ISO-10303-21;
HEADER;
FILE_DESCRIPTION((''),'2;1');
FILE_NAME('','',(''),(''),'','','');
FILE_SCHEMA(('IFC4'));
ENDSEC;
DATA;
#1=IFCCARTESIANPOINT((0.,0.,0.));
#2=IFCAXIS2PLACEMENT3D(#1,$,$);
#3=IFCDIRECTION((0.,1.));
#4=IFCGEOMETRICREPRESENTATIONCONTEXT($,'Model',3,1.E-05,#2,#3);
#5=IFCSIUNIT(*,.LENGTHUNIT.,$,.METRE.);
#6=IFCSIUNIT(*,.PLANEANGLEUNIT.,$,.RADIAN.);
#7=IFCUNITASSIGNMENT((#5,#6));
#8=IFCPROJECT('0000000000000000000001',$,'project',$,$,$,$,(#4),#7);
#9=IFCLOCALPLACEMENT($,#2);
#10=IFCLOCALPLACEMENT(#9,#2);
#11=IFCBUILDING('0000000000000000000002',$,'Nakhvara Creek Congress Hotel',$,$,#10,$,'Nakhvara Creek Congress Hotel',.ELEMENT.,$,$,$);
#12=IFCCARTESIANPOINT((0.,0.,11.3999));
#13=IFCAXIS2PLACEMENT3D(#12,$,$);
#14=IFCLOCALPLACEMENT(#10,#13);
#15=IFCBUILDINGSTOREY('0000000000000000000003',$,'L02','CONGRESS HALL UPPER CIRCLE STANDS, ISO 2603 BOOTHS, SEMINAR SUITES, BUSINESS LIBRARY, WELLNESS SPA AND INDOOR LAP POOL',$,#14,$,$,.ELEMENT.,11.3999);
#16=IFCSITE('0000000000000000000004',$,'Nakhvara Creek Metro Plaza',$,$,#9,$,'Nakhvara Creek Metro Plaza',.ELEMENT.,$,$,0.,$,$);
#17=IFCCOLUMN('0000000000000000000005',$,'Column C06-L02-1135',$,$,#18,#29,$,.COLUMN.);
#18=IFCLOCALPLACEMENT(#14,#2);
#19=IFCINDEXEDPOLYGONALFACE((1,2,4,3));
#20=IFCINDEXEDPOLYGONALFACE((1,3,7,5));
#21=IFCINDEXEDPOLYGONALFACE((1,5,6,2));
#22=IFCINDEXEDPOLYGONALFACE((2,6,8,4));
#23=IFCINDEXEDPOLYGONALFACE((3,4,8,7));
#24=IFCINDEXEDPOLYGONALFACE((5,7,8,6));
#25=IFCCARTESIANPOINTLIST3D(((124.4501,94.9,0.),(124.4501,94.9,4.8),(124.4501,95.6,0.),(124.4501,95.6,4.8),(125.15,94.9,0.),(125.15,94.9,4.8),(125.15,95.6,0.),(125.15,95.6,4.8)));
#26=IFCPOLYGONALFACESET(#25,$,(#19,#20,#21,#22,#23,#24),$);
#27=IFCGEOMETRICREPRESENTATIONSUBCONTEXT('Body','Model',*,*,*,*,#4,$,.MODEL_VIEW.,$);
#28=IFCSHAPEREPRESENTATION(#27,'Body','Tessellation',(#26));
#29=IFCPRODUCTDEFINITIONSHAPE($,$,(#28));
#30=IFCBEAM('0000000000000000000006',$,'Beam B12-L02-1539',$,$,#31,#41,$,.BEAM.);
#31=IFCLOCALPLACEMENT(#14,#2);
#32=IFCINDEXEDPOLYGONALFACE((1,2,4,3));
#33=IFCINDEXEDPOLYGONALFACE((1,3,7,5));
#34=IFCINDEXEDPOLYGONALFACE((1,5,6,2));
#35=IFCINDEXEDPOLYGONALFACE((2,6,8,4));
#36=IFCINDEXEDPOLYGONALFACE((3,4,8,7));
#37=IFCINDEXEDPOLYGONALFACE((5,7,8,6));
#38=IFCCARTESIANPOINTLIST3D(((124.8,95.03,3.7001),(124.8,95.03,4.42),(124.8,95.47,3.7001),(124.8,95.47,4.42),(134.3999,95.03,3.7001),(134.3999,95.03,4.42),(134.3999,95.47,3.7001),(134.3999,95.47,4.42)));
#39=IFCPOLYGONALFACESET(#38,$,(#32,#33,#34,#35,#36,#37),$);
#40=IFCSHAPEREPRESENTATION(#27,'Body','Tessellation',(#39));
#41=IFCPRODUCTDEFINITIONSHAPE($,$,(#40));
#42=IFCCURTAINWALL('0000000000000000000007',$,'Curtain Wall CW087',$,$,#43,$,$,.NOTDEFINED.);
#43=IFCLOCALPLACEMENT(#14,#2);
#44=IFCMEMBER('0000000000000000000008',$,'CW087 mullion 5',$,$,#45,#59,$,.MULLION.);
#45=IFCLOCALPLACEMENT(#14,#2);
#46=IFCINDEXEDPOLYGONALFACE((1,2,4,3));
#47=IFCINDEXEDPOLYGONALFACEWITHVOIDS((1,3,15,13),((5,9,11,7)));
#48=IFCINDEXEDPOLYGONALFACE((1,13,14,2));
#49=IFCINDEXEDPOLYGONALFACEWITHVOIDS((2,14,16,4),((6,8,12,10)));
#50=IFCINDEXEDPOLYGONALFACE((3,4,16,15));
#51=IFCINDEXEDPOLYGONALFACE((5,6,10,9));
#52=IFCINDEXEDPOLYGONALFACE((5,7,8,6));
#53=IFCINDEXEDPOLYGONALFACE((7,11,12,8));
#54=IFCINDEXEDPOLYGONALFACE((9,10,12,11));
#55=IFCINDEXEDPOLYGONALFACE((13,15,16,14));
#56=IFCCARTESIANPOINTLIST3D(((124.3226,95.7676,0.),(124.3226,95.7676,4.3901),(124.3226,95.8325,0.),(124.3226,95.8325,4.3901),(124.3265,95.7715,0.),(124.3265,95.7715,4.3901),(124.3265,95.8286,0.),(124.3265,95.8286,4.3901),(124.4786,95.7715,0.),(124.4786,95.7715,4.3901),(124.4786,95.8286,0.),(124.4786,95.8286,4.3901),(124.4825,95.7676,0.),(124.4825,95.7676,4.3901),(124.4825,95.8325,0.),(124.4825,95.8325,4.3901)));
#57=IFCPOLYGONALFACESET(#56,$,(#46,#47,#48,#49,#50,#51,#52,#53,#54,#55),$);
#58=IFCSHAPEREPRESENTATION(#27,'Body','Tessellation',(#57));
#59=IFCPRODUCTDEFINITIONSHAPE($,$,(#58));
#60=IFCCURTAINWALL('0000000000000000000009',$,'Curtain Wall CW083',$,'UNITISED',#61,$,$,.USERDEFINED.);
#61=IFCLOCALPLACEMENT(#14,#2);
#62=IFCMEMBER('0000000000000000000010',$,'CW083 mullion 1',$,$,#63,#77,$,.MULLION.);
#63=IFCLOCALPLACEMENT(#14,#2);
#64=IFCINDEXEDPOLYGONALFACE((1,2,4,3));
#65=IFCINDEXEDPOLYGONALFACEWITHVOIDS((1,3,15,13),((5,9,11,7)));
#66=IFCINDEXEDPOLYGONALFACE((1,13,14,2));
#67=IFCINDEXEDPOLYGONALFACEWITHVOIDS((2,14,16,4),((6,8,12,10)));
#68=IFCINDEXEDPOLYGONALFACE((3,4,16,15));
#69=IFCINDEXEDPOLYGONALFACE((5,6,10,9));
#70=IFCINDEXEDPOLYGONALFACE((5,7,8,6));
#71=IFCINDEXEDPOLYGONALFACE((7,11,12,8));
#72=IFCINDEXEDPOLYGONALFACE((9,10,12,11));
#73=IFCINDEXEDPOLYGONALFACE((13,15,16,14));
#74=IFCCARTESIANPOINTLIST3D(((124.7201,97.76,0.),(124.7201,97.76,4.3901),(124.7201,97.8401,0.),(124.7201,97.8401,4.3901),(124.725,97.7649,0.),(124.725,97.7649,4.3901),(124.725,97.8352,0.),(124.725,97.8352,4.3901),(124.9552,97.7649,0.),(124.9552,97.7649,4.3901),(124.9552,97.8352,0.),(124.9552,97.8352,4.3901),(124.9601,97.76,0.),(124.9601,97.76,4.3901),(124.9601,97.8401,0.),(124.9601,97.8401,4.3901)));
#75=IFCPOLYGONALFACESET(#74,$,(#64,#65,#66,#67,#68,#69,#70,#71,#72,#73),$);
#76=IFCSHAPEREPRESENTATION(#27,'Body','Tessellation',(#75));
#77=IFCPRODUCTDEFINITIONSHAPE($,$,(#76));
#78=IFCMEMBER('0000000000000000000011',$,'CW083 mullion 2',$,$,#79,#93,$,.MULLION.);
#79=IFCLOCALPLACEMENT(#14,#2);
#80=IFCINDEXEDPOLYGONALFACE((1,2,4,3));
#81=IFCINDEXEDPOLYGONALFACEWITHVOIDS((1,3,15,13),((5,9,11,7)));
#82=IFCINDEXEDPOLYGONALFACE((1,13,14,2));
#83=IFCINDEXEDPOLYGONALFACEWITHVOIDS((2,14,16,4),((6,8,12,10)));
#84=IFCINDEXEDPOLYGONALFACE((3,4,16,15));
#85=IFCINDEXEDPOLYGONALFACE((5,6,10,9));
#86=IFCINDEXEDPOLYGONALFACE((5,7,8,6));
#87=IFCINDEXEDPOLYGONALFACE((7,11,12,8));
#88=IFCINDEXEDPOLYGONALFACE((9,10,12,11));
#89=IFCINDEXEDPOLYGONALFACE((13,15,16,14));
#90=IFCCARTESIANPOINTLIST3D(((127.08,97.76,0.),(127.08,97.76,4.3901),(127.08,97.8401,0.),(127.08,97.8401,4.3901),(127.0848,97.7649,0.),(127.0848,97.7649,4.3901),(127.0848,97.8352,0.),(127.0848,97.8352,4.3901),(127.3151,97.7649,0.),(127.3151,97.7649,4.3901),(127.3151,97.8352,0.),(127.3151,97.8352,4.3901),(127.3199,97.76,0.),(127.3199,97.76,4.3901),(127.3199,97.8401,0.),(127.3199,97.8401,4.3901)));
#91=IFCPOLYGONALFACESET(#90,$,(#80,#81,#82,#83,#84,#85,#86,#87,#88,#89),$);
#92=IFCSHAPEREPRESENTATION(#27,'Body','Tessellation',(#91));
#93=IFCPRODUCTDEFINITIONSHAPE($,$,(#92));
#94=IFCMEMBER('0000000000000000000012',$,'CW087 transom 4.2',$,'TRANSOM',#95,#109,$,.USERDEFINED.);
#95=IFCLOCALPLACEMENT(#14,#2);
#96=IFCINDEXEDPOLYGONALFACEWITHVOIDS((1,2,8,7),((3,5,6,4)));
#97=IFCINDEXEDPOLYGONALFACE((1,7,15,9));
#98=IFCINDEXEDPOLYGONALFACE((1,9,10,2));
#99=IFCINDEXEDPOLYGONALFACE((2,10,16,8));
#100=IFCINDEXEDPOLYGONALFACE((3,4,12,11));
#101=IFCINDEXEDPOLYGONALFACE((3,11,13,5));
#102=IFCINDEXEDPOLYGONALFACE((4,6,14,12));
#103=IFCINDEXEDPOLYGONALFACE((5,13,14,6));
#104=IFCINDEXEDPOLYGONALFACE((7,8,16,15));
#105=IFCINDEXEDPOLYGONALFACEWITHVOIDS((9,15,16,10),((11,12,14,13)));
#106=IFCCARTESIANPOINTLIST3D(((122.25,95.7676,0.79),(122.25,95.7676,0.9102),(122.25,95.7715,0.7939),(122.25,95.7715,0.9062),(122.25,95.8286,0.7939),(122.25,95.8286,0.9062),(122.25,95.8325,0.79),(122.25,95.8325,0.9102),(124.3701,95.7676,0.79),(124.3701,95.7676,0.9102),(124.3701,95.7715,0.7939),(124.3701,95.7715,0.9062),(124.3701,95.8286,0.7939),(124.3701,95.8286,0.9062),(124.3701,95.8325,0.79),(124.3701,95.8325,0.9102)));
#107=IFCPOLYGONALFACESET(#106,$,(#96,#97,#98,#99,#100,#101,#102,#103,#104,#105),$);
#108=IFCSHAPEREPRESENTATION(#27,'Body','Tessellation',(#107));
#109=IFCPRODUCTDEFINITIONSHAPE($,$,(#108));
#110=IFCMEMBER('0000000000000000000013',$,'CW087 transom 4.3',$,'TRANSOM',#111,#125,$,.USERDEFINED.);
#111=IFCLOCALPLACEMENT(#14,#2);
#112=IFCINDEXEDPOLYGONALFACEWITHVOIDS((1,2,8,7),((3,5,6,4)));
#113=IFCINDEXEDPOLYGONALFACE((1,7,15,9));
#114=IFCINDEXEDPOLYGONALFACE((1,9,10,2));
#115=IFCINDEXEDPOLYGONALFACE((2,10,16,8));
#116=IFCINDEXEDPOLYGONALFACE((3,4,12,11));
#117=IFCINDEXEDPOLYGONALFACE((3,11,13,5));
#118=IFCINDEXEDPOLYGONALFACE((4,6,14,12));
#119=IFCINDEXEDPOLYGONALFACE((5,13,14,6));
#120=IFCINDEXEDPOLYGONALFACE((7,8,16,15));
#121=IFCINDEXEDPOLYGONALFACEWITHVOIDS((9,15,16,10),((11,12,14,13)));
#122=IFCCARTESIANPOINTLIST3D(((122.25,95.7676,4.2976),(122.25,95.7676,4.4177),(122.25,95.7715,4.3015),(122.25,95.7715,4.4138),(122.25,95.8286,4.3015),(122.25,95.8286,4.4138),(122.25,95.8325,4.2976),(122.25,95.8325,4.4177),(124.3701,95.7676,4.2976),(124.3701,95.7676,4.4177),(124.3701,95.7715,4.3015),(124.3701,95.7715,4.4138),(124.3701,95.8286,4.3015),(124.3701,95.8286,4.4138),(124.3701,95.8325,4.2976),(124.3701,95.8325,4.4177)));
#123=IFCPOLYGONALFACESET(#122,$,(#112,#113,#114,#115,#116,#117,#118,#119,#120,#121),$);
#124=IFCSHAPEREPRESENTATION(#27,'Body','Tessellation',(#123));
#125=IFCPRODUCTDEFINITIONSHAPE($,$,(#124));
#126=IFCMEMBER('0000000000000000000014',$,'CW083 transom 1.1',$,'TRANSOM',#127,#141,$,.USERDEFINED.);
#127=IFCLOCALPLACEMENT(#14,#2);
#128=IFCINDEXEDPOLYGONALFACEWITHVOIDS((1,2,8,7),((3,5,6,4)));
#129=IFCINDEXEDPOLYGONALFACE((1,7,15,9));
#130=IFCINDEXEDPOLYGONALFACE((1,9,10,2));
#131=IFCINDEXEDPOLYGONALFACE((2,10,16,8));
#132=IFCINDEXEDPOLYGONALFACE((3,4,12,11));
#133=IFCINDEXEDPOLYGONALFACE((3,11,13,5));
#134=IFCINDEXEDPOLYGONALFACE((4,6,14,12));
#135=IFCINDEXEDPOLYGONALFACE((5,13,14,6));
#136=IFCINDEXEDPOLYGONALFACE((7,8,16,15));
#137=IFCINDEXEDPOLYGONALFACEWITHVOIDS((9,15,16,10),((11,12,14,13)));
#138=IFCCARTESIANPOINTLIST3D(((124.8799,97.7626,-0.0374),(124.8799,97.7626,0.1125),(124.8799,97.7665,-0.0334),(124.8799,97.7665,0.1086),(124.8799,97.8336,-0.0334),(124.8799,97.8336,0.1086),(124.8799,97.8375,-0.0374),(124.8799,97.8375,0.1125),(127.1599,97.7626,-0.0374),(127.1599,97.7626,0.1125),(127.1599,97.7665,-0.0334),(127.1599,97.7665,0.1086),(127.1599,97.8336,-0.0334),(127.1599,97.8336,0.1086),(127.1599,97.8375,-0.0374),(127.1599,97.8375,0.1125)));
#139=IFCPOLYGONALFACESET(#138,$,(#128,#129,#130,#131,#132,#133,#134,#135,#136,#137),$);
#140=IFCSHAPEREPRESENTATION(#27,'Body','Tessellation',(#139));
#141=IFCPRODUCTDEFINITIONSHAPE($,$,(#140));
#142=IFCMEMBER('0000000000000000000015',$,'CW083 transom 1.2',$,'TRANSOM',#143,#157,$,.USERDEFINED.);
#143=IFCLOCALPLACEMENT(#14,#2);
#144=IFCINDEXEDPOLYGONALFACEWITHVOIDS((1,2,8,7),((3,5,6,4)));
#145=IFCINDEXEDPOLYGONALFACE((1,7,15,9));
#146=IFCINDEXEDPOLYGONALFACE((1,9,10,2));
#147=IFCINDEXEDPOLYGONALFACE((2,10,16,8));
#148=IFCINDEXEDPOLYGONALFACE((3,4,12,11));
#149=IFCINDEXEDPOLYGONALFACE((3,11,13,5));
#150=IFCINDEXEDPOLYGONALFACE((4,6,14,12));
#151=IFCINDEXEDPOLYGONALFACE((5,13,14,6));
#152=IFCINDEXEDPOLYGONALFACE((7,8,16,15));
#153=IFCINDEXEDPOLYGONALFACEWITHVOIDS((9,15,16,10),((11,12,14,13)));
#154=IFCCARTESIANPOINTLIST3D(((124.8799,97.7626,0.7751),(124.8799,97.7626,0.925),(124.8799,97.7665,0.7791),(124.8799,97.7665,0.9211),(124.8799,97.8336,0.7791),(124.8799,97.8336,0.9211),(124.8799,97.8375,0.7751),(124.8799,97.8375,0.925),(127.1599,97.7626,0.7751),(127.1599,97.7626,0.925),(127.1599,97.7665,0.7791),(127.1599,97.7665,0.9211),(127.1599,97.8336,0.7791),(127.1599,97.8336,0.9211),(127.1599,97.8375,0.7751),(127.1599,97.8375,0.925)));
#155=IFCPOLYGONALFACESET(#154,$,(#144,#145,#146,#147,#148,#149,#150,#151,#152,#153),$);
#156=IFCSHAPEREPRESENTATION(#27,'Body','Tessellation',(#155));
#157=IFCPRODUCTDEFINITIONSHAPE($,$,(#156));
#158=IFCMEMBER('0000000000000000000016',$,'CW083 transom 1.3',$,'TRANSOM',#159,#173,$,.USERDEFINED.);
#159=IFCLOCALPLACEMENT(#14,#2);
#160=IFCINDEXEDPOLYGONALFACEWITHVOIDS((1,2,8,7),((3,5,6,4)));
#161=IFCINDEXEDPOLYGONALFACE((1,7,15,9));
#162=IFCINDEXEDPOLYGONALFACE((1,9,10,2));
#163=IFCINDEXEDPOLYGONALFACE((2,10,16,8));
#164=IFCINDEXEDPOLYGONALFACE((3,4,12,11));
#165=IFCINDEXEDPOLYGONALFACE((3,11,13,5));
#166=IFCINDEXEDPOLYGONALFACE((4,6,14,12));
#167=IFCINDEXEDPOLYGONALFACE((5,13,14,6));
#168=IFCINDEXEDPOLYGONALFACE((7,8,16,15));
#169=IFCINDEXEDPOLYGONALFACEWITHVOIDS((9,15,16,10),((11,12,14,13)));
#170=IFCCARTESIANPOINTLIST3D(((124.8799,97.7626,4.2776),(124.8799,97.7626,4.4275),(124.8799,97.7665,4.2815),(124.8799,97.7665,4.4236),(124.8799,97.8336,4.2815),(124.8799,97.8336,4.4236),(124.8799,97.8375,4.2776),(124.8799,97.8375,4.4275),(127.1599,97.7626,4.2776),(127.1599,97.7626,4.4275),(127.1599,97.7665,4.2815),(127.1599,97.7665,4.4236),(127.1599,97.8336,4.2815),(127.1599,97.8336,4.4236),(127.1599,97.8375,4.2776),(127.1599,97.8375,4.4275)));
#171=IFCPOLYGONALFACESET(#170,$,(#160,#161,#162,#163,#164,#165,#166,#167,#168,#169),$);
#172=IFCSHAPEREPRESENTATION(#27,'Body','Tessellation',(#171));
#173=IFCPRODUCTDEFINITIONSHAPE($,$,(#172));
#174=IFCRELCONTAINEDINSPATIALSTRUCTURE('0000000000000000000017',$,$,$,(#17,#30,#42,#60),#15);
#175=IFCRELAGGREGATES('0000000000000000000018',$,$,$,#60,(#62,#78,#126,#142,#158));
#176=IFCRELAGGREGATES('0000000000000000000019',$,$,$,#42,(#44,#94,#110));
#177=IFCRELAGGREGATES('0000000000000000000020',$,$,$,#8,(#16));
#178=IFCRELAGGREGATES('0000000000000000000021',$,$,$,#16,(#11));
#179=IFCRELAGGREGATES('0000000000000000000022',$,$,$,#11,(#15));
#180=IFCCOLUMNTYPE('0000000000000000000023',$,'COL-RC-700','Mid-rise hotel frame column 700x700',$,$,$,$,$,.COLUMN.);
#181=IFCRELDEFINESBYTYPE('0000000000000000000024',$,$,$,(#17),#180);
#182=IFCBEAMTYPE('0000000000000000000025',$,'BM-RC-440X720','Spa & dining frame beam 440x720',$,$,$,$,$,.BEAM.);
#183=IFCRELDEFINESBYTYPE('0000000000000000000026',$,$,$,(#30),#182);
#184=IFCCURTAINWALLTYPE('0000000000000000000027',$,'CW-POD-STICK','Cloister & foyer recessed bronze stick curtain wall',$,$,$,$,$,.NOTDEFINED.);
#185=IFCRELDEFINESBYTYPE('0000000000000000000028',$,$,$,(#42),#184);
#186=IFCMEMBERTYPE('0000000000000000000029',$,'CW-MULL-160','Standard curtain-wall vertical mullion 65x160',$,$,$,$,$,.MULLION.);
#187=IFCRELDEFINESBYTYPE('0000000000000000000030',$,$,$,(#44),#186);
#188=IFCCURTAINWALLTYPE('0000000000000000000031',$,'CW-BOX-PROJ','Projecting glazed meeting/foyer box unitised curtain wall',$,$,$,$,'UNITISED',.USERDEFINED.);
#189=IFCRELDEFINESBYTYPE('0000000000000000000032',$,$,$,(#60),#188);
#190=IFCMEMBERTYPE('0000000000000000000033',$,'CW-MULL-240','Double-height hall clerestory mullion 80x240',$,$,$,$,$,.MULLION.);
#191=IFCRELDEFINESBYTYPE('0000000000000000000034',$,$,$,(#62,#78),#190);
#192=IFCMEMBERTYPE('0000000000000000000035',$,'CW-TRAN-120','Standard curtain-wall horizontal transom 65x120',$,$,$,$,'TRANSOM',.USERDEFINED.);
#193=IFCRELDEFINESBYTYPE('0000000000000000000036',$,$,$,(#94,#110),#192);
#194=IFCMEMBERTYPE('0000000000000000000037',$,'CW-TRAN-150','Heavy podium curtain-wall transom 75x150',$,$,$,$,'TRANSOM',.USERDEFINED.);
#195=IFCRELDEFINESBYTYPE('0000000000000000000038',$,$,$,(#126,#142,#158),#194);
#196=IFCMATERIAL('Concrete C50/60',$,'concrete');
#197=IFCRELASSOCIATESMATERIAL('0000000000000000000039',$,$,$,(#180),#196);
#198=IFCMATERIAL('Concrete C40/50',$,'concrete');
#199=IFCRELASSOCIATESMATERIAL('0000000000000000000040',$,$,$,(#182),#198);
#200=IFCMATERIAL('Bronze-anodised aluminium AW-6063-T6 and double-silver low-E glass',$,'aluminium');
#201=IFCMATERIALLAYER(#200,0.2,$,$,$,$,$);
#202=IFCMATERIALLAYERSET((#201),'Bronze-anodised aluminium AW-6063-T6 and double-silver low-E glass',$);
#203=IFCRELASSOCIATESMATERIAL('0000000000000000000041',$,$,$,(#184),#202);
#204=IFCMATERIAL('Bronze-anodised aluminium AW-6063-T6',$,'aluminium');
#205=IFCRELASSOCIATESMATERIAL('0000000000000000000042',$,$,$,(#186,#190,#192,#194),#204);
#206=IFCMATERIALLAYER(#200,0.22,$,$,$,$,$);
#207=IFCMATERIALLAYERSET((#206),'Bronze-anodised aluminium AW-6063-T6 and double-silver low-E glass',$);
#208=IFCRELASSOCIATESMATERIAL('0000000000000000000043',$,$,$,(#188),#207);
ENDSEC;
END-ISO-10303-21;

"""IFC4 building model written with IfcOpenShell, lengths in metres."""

from ifc_helpers import new_model, si_unit, direction, frame, origin, origin_2d, place, context, subcontext, project, spatial, rectangle, hollow_rectangle, extrude, material, layer, layer_set, material_profile, profile_set, type_object, element, aggregate, save


model = new_model("IFC4")

# Units and contexts
model_context = context("Model", 3, precision=1e-05, world=origin(), true_north=direction((0.0, 1.0)))
body_context = subcontext(model_context, "Body", "Model", "MODEL_VIEW")
ifc_project = project(units=[si_unit("LENGTHUNIT", "METRE"), si_unit("PLANEANGLEUNIT", "RADIAN")], contexts=[model_context])

# Site, building, storey
site_placement = place(None, origin())
site = spatial("IfcSite", under=ifc_project, at=site_placement, Name="Nakhvara Creek Metro Plaza", LongName="Nakhvara Creek Metro Plaza", CompositionType="ELEMENT", RefElevation=0.0)
building_placement = place(site_placement, origin())
building = spatial("IfcBuilding", under=site, at=building_placement, Name="Nakhvara Creek Congress Hotel", LongName="Nakhvara Creek Congress Hotel", CompositionType="ELEMENT")
storey_placement = place(building_placement, frame((0.0, 0.0, 11.3999)))
storey = spatial("IfcBuildingStorey", under=building, at=storey_placement, Name="L02", Description="CONGRESS HALL UPPER CIRCLE STANDS, ISO 2603 BOOTHS, SEMINAR SUITES, BUSINESS LIBRARY, WELLNESS SPA AND INDOOR LAP POOL", CompositionType="ELEMENT", Elevation=11.3999)

# Column
ifc_material_1 = material(Name="Concrete C50/60", Category="concrete")
ifc_material_profile_1 = material_profile(ifc_material_1, rectangle(XDim=0.7, YDim=0.7, at=origin_2d()), Name="RC-COL 700x700", Category="LoadBearing")
ifc_profile_set_1 = profile_set([ifc_material_profile_1], Name="Concrete C50/60")
column_type = type_object("IfcColumnType", Name="COL-RC-700", Description="Mid-rise hotel frame column 700x700", PredefinedType="COLUMN", material=ifc_profile_set_1)
column_placement = place(storey_placement, frame((124.8, 95.25, 0.0), z_axis=(0.0, 0.0, 1.0), x_axis=(1.0, 0.0, 0.0)))
element("IfcColumn", 1, at=column_placement, inside=storey, type_object=column_type, Name="Column C06-L02-1135", PredefinedType="COLUMN", context=body_context, shape_type="SweptSolid", body=[
    extrude(rectangle(XDim=0.7, YDim=0.7, at=origin_2d()), origin(), (0.0, 0.0, 1.0), 4.8),
])

# Beam
ifc_material_2 = material(Name="Concrete C40/50", Category="concrete")
ifc_material_profile_2 = material_profile(ifc_material_2, rectangle(XDim=0.4399, YDim=0.72, at=origin_2d()), Name="RC-BM 440x720", Category="LoadBearing")
ifc_profile_set_2 = profile_set([ifc_material_profile_2], Name="Concrete C40/50")
beam_type = type_object("IfcBeamType", Name="BM-RC-440X720", Description="Spa & dining frame beam 440x720", PredefinedType="BEAM", material=ifc_profile_set_2)
beam_placement = place(storey_placement, frame((124.8, 95.25, 4.0601), z_axis=(1.0, 0.0, 0.0), x_axis=(0.0, 1.0, 0.0)))
element("IfcBeam", 2, at=beam_placement, inside=storey, type_object=beam_type, Name="Beam B12-L02-1539", PredefinedType="BEAM", context=body_context, shape_type="SweptSolid", body=[
    extrude(rectangle(XDim=0.4399, YDim=0.72, at=origin_2d()), origin(), (0.0, 0.0, 1.0), 9.5999),
])

# Curtain wall, member
ifc_material_3 = material(Name="Bronze-anodised aluminium AW-6063-T6 and double-silver low-E glass", Category="aluminium")
ifc_layer_1 = layer(ifc_material_3, 0.2)
ifc_layer_set_1 = layer_set([ifc_layer_1], Name="Bronze-anodised aluminium AW-6063-T6 and double-silver low-E glass")
curtain_wall_type_1 = type_object("IfcCurtainWallType", Name="CW-POD-STICK", Description="Cloister & foyer recessed bronze stick curtain wall", PredefinedType="NOTDEFINED", material=ifc_layer_set_1)
curtain_wall_1_placement = place(storey_placement, origin())
curtain_wall_1 = element("IfcCurtainWall", 3, at=curtain_wall_1_placement, inside=storey, type_object=curtain_wall_type_1, Name="Curtain Wall CW087", PredefinedType="NOTDEFINED")
ifc_material_4 = material(Name="Bronze-anodised aluminium AW-6063-T6", Category="aluminium")
ifc_material_profile_3 = material_profile(ifc_material_4, hollow_rectangle(XDim=0.0649, YDim=0.1599, WallThickness=0.0039, at=origin_2d()), Name="ALU-MULL 65x160x4", Category="LoadBearing")
ifc_profile_set_3 = profile_set([ifc_material_profile_3], Name="Bronze-anodised aluminium AW-6063-T6")
member_type_1 = type_object("IfcMemberType", Name="CW-MULL-160", Description="Standard curtain-wall vertical mullion 65x160", PredefinedType="MULLION", material=ifc_profile_set_3)
member_1_placement = place(storey_placement, frame((124.4026, 95.8, 0.0), z_axis=(0.0, 0.0, 1.0), x_axis=(0.0, 1.0, 0.0)))
member_1 = element("IfcMember", 4, at=member_1_placement, type_object=member_type_1, Name="CW087 mullion 5", PredefinedType="MULLION", context=body_context, shape_type="SweptSolid", body=[
    extrude(hollow_rectangle(XDim=0.0649, YDim=0.1599, WallThickness=0.0039, at=origin_2d()), origin(), (0.0, 0.0, 1.0), 4.3901),
])

# Curtain wall, members
ifc_layer_2 = layer(ifc_material_3, 0.22)
ifc_layer_set_2 = layer_set([ifc_layer_2], Name="Bronze-anodised aluminium AW-6063-T6 and double-silver low-E glass")
curtain_wall_type_2 = type_object("IfcCurtainWallType", Name="CW-BOX-PROJ", Description="Projecting glazed meeting/foyer box unitised curtain wall", ElementType="UNITISED", PredefinedType="USERDEFINED", material=ifc_layer_set_2)
curtain_wall_2_placement = place(storey_placement, origin())
curtain_wall_2 = element("IfcCurtainWall", 5, at=curtain_wall_2_placement, inside=storey, type_object=curtain_wall_type_2, Name="Curtain Wall CW083", ObjectType="UNITISED", PredefinedType="USERDEFINED")
ifc_material_profile_4 = material_profile(ifc_material_4, hollow_rectangle(XDim=0.0801, YDim=0.24, WallThickness=0.0049, at=origin_2d()), Name="ALU-MULL 80x240x5", Category="LoadBearing")
ifc_profile_set_4 = profile_set([ifc_material_profile_4], Name="Bronze-anodised aluminium AW-6063-T6")
member_type_2 = type_object("IfcMemberType", Name="CW-MULL-240", Description="Double-height hall clerestory mullion 80x240", PredefinedType="MULLION", material=ifc_profile_set_4)
member_2_placement = place(storey_placement, frame((124.8401, 97.8, 0.0), z_axis=(0.0, 0.0, 1.0), x_axis=(0.0, 1.0, 0.0)))
member_2 = element("IfcMember", 6, at=member_2_placement, type_object=member_type_2, Name="CW083 mullion 1", PredefinedType="MULLION", context=body_context, shape_type="SweptSolid", body=[
    extrude(hollow_rectangle(XDim=0.0801, YDim=0.24, WallThickness=0.0049, at=origin_2d()), origin(), (0.0, 0.0, 1.0), 4.3901),
])
member_3_placement = place(storey_placement, frame((127.2, 97.8, 0.0), z_axis=(0.0, 0.0, 1.0), x_axis=(0.0, 1.0, 0.0)))
member_3 = element("IfcMember", 7, at=member_3_placement, type_object=member_type_2, Name="CW083 mullion 2", PredefinedType="MULLION", context=body_context, shape_type="SweptSolid", body=[
    extrude(hollow_rectangle(XDim=0.0801, YDim=0.24, WallThickness=0.0049, at=origin_2d()), origin(), (0.0, 0.0, 1.0), 4.3901),
])

# Members
ifc_material_profile_5 = material_profile(ifc_material_4, hollow_rectangle(XDim=0.0649, YDim=0.1201, WallThickness=0.0039, at=origin_2d()), Name="ALU-TRAN 65x120x4", Category="LoadBearing")
ifc_profile_set_5 = profile_set([ifc_material_profile_5], Name="Bronze-anodised aluminium AW-6063-T6")
member_type_3 = type_object("IfcMemberType", Name="CW-TRAN-120", Description="Standard curtain-wall horizontal transom 65x120", ElementType="TRANSOM", PredefinedType="USERDEFINED", material=ifc_profile_set_5)
member_4_placement = place(storey_placement, frame((122.25, 95.8, 0.8501), z_axis=(1.0, 0.0, 0.0), x_axis=(0.0, 1.0, 0.0)))
member_4 = element("IfcMember", 8, at=member_4_placement, type_object=member_type_3, Name="CW087 transom 4.2", ObjectType="TRANSOM", PredefinedType="USERDEFINED", context=body_context, shape_type="SweptSolid", body=[
    extrude(hollow_rectangle(XDim=0.0649, YDim=0.1201, WallThickness=0.0039, at=origin_2d()), origin(), (0.0, 0.0, 1.0), 2.1201),
])
member_5_placement = place(storey_placement, frame((122.25, 95.8, 4.3577), z_axis=(1.0, 0.0, 0.0), x_axis=(0.0, 1.0, 0.0)))
member_5 = element("IfcMember", 9, at=member_5_placement, type_object=member_type_3, Name="CW087 transom 4.3", ObjectType="TRANSOM", PredefinedType="USERDEFINED", context=body_context, shape_type="SweptSolid", body=[
    extrude(hollow_rectangle(XDim=0.0649, YDim=0.1201, WallThickness=0.0039, at=origin_2d()), origin(), (0.0, 0.0, 1.0), 2.1201),
])
ifc_material_profile_6 = material_profile(ifc_material_4, hollow_rectangle(XDim=0.075, YDim=0.1499, WallThickness=0.0039, at=origin_2d()), Name="ALU-TRAN 75x150x4", Category="LoadBearing")
ifc_profile_set_6 = profile_set([ifc_material_profile_6], Name="Bronze-anodised aluminium AW-6063-T6")
member_type_4 = type_object("IfcMemberType", Name="CW-TRAN-150", Description="Heavy podium curtain-wall transom 75x150", ElementType="TRANSOM", PredefinedType="USERDEFINED", material=ifc_profile_set_6)
member_6_placement = place(storey_placement, frame((124.8799, 97.8, 0.0376), z_axis=(1.0, 0.0, 0.0), x_axis=(0.0, 1.0, 0.0)))
member_6 = element("IfcMember", 10, at=member_6_placement, type_object=member_type_4, Name="CW083 transom 1.1", ObjectType="TRANSOM", PredefinedType="USERDEFINED", context=body_context, shape_type="SweptSolid", body=[
    extrude(hollow_rectangle(XDim=0.075, YDim=0.1499, WallThickness=0.0039, at=origin_2d()), origin(), (0.0, 0.0, 1.0), 2.28),
])
member_7_placement = place(storey_placement, frame((124.8799, 97.8, 0.8501), z_axis=(1.0, 0.0, 0.0), x_axis=(0.0, 1.0, 0.0)))
member_7 = element("IfcMember", 11, at=member_7_placement, type_object=member_type_4, Name="CW083 transom 1.2", ObjectType="TRANSOM", PredefinedType="USERDEFINED", context=body_context, shape_type="SweptSolid", body=[
    extrude(hollow_rectangle(XDim=0.075, YDim=0.1499, WallThickness=0.0039, at=origin_2d()), origin(), (0.0, 0.0, 1.0), 2.28),
])
member_8_placement = place(storey_placement, frame((124.8799, 97.8, 4.3525), z_axis=(1.0, 0.0, 0.0), x_axis=(0.0, 1.0, 0.0)))
member_8 = element("IfcMember", 12, at=member_8_placement, type_object=member_type_4, Name="CW083 transom 1.3", ObjectType="TRANSOM", PredefinedType="USERDEFINED", context=body_context, shape_type="SweptSolid", body=[
    extrude(hollow_rectangle(XDim=0.075, YDim=0.1499, WallThickness=0.0039, at=origin_2d()), origin(), (0.0, 0.0, 1.0), 2.28),
])

aggregate(curtain_wall_2, [member_2, member_3, member_6, member_7, member_8])
aggregate(curtain_wall_1, [member_1, member_4, member_5])

save(model, "model.ifc")
